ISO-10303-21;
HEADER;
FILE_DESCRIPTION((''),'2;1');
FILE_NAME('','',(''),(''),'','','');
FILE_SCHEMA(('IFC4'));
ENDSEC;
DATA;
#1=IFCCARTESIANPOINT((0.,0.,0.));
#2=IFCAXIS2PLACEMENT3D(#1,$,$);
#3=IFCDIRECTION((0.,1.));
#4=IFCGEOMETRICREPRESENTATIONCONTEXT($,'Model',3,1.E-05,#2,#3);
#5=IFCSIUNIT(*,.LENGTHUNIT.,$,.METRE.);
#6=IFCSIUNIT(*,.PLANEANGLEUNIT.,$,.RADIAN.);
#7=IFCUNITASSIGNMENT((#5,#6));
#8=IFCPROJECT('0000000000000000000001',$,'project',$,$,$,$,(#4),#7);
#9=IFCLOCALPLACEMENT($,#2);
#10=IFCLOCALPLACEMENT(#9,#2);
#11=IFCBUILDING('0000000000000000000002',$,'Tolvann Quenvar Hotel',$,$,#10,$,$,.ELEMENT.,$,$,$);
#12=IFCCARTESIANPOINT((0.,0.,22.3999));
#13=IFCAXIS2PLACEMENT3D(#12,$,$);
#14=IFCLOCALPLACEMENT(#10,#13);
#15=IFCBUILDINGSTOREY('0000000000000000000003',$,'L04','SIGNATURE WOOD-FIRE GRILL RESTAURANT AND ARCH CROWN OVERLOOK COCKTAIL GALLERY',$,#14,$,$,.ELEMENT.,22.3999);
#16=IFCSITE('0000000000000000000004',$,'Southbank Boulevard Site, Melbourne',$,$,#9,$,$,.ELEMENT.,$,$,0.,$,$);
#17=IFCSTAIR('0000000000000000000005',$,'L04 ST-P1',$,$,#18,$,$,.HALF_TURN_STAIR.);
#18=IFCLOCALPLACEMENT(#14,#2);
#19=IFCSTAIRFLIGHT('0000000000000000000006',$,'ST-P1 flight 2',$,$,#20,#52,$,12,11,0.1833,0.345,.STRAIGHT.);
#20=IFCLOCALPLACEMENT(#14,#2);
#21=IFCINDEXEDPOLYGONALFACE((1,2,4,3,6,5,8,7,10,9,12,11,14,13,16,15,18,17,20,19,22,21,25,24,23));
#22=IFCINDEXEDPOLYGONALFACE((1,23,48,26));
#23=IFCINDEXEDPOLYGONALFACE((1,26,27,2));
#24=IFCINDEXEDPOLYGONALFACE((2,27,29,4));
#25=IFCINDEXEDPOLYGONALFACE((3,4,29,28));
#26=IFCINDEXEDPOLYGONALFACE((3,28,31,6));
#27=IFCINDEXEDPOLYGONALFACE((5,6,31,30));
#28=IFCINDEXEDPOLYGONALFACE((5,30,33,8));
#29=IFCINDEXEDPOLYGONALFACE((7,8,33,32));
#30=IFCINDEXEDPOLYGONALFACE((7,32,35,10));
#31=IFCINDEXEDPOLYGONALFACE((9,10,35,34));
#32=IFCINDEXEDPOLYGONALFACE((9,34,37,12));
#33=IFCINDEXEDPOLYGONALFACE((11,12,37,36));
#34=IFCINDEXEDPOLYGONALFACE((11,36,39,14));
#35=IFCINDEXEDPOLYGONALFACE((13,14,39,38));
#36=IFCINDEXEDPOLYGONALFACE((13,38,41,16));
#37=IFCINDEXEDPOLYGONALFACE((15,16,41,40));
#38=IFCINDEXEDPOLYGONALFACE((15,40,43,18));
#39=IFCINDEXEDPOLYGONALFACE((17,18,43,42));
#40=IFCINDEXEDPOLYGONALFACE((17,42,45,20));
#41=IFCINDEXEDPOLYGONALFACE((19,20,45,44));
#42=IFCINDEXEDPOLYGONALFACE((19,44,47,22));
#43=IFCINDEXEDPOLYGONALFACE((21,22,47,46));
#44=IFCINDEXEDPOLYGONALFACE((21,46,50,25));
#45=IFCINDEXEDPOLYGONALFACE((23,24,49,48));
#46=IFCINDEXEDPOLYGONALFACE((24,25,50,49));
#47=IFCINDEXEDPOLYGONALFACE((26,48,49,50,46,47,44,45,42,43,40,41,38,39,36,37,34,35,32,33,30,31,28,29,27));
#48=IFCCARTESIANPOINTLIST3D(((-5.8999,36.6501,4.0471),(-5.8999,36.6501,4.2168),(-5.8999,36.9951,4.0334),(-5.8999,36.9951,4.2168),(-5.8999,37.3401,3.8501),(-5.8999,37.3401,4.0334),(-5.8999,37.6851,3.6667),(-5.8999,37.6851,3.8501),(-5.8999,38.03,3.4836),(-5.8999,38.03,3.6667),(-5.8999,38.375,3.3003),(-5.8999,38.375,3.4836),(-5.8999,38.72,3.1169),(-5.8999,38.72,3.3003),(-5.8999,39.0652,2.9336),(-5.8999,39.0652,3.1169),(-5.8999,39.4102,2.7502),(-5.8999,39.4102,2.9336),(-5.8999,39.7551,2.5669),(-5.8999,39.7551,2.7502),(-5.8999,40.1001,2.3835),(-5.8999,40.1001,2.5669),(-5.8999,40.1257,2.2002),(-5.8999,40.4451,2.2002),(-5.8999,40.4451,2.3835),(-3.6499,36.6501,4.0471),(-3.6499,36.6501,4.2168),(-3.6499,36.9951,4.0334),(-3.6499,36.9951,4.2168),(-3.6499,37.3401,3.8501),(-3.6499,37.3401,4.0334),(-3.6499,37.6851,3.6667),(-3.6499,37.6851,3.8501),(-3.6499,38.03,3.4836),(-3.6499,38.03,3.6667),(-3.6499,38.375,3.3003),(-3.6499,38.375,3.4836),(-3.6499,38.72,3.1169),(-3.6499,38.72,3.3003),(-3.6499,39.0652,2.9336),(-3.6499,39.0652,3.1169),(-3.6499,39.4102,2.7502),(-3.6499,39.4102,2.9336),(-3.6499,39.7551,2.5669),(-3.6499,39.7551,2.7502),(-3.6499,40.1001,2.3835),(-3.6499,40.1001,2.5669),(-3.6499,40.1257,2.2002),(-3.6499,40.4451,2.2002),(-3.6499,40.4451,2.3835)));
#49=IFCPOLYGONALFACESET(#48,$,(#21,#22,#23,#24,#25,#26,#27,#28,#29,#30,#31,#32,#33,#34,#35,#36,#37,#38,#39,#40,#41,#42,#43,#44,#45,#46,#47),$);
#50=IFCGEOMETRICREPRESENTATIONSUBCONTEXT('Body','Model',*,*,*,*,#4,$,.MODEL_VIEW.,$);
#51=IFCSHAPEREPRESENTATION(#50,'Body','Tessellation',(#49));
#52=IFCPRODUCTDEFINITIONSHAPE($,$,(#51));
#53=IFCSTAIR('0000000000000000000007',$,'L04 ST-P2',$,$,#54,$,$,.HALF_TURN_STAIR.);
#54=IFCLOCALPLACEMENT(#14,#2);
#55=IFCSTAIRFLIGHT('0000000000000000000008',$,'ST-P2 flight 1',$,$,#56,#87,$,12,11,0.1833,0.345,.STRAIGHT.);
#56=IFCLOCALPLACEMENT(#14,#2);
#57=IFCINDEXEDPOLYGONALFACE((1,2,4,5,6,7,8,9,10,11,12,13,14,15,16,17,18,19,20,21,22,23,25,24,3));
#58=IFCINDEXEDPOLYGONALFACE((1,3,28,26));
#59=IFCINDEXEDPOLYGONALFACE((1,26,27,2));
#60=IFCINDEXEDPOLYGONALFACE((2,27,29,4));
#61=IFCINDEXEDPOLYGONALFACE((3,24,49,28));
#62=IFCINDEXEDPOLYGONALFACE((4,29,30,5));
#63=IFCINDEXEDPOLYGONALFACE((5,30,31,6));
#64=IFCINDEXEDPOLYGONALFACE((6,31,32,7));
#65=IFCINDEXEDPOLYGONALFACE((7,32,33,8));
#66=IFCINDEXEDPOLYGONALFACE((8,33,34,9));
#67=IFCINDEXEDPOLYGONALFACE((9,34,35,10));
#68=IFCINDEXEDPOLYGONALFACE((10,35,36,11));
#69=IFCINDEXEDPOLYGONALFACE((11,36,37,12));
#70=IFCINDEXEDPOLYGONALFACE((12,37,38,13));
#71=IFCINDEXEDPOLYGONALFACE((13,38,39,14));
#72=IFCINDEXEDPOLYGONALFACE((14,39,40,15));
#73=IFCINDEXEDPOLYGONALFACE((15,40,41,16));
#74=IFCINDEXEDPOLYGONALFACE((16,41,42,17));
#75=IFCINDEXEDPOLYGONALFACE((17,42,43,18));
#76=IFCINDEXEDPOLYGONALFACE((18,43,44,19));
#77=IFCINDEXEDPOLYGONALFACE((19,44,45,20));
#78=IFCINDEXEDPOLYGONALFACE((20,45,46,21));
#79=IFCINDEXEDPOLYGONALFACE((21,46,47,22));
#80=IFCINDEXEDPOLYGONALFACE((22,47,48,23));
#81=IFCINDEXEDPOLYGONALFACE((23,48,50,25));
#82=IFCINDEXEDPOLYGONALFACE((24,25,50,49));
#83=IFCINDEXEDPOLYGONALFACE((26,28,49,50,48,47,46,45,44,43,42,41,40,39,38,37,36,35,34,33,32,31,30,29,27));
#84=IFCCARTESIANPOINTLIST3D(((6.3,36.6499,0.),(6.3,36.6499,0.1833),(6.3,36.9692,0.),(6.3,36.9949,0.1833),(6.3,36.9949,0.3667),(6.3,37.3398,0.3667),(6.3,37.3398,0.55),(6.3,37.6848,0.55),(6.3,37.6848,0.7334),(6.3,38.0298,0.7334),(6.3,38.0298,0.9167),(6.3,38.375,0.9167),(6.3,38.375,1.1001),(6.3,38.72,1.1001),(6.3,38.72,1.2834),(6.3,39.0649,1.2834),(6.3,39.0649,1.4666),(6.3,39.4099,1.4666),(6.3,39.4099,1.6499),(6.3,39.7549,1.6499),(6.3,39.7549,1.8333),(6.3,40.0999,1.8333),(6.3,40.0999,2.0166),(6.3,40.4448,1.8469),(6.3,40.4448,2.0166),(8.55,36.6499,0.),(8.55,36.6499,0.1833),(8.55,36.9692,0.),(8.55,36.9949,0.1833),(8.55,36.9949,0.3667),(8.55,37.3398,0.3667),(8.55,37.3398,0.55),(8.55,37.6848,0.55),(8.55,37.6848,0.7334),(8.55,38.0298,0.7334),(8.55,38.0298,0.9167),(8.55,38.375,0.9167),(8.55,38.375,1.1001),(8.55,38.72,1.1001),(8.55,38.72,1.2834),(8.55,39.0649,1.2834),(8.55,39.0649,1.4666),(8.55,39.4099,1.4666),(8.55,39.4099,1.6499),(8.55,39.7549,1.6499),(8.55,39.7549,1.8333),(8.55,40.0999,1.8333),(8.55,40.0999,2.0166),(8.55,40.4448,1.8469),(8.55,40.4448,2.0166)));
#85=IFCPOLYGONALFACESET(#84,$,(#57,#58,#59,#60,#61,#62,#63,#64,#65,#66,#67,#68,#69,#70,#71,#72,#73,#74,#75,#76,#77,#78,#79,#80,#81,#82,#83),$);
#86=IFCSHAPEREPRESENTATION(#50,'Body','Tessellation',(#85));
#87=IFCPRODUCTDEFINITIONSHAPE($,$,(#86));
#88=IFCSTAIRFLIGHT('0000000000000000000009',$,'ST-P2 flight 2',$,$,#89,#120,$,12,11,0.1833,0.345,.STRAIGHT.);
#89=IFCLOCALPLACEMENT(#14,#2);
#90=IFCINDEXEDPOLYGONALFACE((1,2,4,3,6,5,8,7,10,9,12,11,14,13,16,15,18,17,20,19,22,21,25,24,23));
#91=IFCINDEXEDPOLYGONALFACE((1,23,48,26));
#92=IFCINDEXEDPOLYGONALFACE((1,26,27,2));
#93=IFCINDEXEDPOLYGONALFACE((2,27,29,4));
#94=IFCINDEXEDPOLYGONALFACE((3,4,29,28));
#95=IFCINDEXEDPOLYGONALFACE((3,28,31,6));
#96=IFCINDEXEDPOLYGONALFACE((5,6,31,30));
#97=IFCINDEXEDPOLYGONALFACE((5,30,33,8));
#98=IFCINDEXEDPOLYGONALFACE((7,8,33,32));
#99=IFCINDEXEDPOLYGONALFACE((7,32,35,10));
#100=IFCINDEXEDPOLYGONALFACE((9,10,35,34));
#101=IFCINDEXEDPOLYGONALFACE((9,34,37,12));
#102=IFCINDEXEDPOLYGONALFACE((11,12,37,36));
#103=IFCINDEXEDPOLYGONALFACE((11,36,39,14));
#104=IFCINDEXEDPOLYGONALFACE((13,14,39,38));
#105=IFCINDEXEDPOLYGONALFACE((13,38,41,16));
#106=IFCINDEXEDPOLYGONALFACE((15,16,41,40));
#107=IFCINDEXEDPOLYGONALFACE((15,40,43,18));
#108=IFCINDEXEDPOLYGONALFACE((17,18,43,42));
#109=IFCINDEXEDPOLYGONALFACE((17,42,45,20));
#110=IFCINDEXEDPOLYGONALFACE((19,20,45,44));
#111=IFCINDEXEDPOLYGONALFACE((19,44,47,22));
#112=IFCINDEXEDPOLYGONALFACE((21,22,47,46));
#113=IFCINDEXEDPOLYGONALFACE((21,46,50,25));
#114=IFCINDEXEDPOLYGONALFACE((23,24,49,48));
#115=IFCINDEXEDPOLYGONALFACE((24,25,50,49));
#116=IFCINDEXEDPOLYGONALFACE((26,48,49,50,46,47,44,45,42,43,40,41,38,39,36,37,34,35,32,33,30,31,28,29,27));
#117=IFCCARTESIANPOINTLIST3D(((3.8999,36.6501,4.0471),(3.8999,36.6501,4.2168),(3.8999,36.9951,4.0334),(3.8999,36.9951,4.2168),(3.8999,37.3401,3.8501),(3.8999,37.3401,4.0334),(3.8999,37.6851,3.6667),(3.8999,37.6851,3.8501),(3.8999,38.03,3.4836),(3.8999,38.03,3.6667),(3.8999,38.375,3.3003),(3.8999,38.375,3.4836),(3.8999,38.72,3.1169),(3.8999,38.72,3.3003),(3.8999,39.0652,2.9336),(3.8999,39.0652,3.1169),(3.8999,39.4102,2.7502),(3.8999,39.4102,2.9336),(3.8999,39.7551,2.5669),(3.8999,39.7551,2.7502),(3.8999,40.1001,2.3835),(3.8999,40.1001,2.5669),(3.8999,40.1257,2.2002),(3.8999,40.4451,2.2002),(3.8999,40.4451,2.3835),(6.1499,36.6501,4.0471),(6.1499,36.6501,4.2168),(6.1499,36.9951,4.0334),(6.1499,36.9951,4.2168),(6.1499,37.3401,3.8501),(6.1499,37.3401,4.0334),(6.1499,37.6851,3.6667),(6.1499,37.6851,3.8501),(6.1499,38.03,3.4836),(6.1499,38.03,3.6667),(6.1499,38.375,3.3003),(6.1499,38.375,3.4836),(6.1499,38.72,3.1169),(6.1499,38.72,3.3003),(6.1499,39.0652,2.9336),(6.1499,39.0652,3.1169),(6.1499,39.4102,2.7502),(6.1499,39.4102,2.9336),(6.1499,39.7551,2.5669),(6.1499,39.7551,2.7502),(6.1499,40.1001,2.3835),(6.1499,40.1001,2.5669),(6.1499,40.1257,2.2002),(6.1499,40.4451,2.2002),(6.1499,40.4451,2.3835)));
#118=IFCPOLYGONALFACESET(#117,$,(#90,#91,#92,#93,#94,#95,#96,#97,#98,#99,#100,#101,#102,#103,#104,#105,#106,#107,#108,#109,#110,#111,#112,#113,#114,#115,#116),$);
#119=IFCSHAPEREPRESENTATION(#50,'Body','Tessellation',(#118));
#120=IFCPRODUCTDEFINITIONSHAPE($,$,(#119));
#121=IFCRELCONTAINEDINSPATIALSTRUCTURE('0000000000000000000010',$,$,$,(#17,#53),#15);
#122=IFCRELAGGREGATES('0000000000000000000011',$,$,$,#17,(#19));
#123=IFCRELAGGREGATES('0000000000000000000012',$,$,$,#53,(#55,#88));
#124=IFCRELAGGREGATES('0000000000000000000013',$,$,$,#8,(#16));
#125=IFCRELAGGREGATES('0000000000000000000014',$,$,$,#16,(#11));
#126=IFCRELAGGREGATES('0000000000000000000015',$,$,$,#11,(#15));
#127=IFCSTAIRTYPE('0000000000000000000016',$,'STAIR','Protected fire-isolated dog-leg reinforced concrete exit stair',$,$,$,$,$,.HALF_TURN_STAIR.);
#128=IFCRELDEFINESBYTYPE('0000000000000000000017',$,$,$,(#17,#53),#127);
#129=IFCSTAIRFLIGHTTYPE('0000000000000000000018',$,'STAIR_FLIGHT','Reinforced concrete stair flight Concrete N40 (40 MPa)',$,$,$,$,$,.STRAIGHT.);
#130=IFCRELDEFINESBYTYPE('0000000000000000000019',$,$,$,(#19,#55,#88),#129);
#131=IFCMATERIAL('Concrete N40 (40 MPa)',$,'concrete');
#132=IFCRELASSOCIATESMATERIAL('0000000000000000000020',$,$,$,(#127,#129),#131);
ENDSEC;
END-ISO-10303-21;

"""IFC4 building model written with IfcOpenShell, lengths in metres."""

from ifc_helpers import new_model, si_unit, direction, frame, origin, place, context, subcontext, project, spatial, polyline, outline, extrude, material, type_object, element, aggregate, save


model = new_model("IFC4")

# Units and contexts
model_context = context("Model", 3, precision=1e-05, world=origin(), true_north=direction((0.0, 1.0)))
body_context = subcontext(model_context, "Body", "Model", "MODEL_VIEW")
ifc_project = project(units=[si_unit("LENGTHUNIT", "METRE"), si_unit("PLANEANGLEUNIT", "RADIAN")], contexts=[model_context])

# Site, building, storey
site_placement = place(None, origin())
site = spatial("IfcSite", under=ifc_project, at=site_placement, Name="Southbank Boulevard Site, Melbourne", CompositionType="ELEMENT", RefElevation=0.0)
building_placement = place(site_placement, origin())
building = spatial("IfcBuilding", under=site, at=building_placement, Name="Tolvann Quenvar Hotel", CompositionType="ELEMENT")
storey_placement = place(building_placement, frame((0.0, 0.0, 22.3999)))
storey = spatial("IfcBuildingStorey", under=building, at=storey_placement, Name="L04", Description="SIGNATURE WOOD-FIRE GRILL RESTAURANT AND ARCH CROWN OVERLOOK COCKTAIL GALLERY", CompositionType="ELEMENT", Elevation=22.3999)

# Stairs, stair flights
ifc_material_1 = material(Name="Concrete N40 (40 MPa)", Category="concrete")
stair_type = type_object("IfcStairType", Name="STAIR", Description="Protected fire-isolated dog-leg reinforced concrete exit stair", PredefinedType="HALF_TURN_STAIR", material=ifc_material_1)
stair_1_placement = place(storey_placement, origin())
stair_1 = element("IfcStair", 1, at=stair_1_placement, inside=storey, type_object=stair_type, Name="L04 ST-P1", PredefinedType="HALF_TURN_STAIR")
stair_flight_type = type_object("IfcStairFlightType", Name="STAIR_FLIGHT", Description="Reinforced concrete stair flight Concrete N40 (40 MPa)", PredefinedType="STRAIGHT", material=ifc_material_1)
stair_flight_1_placement = place(storey_placement, frame((-4.7749, 40.4451, 2.2002), z_axis=(0.0, 0.0, 1.0), x_axis=(0.0, -1.0, 0.0)))
stair_flight_1 = element("IfcStairFlight", 2, at=stair_flight_1_placement, type_object=stair_flight_type, Name="ST-P1 flight 2", NumberOfRisers=12, NumberOfTreads=11, PredefinedType="STRAIGHT", RiserHeight=0.1833, TreadLength=0.345, context=body_context, shape_type="SweptSolid", body=[
    extrude(outline(polyline([(0.0, 0.0), (0.0, 0.1833), (0.345, 0.1833), (0.345, 0.3667), (0.6899, 0.3667), (0.6899, 0.55), (1.0349, 0.55), (1.0349, 0.7334), (1.3799, 0.7334), (1.3799, 0.9167), (1.7251, 0.9167), (1.7251, 1.1001), (2.0701, 1.1001), (2.0701, 1.2834), (2.415, 1.2834), (2.415, 1.4666), (2.76, 1.4666), (2.76, 1.6499), (3.105, 1.6499), (3.105, 1.8333), (3.45, 1.8333), (3.45, 2.0166), (3.7949, 2.0166), (3.7949, 2.2), (3.7949, 1.8469), (0.3193, 0.0), (0.0, 0.0)])), frame((0.0, 1.125, 0.0), z_axis=(0.0, -1.0, 0.0), x_axis=(1.0, 0.0, 0.0)), (0.0, 0.0, 1.0), 2.25),
])
aggregate(stair_1, [stair_flight_1])
stair_2_placement = place(storey_placement, origin())
stair_2 = element("IfcStair", 3, at=stair_2_placement, inside=storey, type_object=stair_type, Name="L04 ST-P2", PredefinedType="HALF_TURN_STAIR")
stair_flight_2_placement = place(storey_placement, frame((7.425, 36.6499, 0.0), z_axis=(0.0, 0.0, 1.0), x_axis=(0.0, 1.0, 0.0)))
stair_flight_2 = element("IfcStairFlight", 4, at=stair_flight_2_placement, type_object=stair_flight_type, Name="ST-P2 flight 1", NumberOfRisers=12, NumberOfTreads=11, PredefinedType="STRAIGHT", RiserHeight=0.1833, TreadLength=0.345, context=body_context, shape_type="SweptSolid", body=[
    extrude(outline(polyline([(0.0, 0.0), (0.0, 0.1833), (0.345, 0.1833), (0.345, 0.3667), (0.6899, 0.3667), (0.6899, 0.55), (1.0349, 0.55), (1.0349, 0.7334), (1.3799, 0.7334), (1.3799, 0.9167), (1.7251, 0.9167), (1.7251, 1.1001), (2.0701, 1.1001), (2.0701, 1.2834), (2.415, 1.2834), (2.415, 1.4666), (2.76, 1.4666), (2.76, 1.6499), (3.105, 1.6499), (3.105, 1.8333), (3.45, 1.8333), (3.45, 2.0166), (3.7949, 2.0166), (3.7949, 2.2), (3.7949, 1.8469), (0.3193, 0.0), (0.0, 0.0)])), frame((0.0, 1.125, 0.0), z_axis=(0.0, -1.0, 0.0), x_axis=(1.0, 0.0, 0.0)), (0.0, 0.0, 1.0), 2.25),
])
stair_flight_3_placement = place(storey_placement, frame((5.0249, 40.4451, 2.2002), z_axis=(0.0, 0.0, 1.0), x_axis=(0.0, -1.0, 0.0)))
stair_flight_3 = element("IfcStairFlight", 5, at=stair_flight_3_placement, type_object=stair_flight_type, Name="ST-P2 flight 2", NumberOfRisers=12, NumberOfTreads=11, PredefinedType="STRAIGHT", RiserHeight=0.1833, TreadLength=0.345, context=body_context, shape_type="SweptSolid", body=[
    extrude(outline(polyline([(0.0, 0.0), (0.0, 0.1833), (0.345, 0.1833), (0.345, 0.3667), (0.6899, 0.3667), (0.6899, 0.55), (1.0349, 0.55), (1.0349, 0.7334), (1.3799, 0.7334), (1.3799, 0.9167), (1.7251, 0.9167), (1.7251, 1.1001), (2.0701, 1.1001), (2.0701, 1.2834), (2.415, 1.2834), (2.415, 1.4666), (2.76, 1.4666), (2.76, 1.6499), (3.105, 1.6499), (3.105, 1.8333), (3.45, 1.8333), (3.45, 2.0166), (3.7949, 2.0166), (3.7949, 2.2), (3.7949, 1.8469), (0.3193, 0.0), (0.0, 0.0)])), frame((0.0, 1.125, 0.0), z_axis=(0.0, -1.0, 0.0), x_axis=(1.0, 0.0, 0.0)), (0.0, 0.0, 1.0), 2.25),
])
aggregate(stair_2, [stair_flight_2, stair_flight_3])

save(model, "model.ifc")
